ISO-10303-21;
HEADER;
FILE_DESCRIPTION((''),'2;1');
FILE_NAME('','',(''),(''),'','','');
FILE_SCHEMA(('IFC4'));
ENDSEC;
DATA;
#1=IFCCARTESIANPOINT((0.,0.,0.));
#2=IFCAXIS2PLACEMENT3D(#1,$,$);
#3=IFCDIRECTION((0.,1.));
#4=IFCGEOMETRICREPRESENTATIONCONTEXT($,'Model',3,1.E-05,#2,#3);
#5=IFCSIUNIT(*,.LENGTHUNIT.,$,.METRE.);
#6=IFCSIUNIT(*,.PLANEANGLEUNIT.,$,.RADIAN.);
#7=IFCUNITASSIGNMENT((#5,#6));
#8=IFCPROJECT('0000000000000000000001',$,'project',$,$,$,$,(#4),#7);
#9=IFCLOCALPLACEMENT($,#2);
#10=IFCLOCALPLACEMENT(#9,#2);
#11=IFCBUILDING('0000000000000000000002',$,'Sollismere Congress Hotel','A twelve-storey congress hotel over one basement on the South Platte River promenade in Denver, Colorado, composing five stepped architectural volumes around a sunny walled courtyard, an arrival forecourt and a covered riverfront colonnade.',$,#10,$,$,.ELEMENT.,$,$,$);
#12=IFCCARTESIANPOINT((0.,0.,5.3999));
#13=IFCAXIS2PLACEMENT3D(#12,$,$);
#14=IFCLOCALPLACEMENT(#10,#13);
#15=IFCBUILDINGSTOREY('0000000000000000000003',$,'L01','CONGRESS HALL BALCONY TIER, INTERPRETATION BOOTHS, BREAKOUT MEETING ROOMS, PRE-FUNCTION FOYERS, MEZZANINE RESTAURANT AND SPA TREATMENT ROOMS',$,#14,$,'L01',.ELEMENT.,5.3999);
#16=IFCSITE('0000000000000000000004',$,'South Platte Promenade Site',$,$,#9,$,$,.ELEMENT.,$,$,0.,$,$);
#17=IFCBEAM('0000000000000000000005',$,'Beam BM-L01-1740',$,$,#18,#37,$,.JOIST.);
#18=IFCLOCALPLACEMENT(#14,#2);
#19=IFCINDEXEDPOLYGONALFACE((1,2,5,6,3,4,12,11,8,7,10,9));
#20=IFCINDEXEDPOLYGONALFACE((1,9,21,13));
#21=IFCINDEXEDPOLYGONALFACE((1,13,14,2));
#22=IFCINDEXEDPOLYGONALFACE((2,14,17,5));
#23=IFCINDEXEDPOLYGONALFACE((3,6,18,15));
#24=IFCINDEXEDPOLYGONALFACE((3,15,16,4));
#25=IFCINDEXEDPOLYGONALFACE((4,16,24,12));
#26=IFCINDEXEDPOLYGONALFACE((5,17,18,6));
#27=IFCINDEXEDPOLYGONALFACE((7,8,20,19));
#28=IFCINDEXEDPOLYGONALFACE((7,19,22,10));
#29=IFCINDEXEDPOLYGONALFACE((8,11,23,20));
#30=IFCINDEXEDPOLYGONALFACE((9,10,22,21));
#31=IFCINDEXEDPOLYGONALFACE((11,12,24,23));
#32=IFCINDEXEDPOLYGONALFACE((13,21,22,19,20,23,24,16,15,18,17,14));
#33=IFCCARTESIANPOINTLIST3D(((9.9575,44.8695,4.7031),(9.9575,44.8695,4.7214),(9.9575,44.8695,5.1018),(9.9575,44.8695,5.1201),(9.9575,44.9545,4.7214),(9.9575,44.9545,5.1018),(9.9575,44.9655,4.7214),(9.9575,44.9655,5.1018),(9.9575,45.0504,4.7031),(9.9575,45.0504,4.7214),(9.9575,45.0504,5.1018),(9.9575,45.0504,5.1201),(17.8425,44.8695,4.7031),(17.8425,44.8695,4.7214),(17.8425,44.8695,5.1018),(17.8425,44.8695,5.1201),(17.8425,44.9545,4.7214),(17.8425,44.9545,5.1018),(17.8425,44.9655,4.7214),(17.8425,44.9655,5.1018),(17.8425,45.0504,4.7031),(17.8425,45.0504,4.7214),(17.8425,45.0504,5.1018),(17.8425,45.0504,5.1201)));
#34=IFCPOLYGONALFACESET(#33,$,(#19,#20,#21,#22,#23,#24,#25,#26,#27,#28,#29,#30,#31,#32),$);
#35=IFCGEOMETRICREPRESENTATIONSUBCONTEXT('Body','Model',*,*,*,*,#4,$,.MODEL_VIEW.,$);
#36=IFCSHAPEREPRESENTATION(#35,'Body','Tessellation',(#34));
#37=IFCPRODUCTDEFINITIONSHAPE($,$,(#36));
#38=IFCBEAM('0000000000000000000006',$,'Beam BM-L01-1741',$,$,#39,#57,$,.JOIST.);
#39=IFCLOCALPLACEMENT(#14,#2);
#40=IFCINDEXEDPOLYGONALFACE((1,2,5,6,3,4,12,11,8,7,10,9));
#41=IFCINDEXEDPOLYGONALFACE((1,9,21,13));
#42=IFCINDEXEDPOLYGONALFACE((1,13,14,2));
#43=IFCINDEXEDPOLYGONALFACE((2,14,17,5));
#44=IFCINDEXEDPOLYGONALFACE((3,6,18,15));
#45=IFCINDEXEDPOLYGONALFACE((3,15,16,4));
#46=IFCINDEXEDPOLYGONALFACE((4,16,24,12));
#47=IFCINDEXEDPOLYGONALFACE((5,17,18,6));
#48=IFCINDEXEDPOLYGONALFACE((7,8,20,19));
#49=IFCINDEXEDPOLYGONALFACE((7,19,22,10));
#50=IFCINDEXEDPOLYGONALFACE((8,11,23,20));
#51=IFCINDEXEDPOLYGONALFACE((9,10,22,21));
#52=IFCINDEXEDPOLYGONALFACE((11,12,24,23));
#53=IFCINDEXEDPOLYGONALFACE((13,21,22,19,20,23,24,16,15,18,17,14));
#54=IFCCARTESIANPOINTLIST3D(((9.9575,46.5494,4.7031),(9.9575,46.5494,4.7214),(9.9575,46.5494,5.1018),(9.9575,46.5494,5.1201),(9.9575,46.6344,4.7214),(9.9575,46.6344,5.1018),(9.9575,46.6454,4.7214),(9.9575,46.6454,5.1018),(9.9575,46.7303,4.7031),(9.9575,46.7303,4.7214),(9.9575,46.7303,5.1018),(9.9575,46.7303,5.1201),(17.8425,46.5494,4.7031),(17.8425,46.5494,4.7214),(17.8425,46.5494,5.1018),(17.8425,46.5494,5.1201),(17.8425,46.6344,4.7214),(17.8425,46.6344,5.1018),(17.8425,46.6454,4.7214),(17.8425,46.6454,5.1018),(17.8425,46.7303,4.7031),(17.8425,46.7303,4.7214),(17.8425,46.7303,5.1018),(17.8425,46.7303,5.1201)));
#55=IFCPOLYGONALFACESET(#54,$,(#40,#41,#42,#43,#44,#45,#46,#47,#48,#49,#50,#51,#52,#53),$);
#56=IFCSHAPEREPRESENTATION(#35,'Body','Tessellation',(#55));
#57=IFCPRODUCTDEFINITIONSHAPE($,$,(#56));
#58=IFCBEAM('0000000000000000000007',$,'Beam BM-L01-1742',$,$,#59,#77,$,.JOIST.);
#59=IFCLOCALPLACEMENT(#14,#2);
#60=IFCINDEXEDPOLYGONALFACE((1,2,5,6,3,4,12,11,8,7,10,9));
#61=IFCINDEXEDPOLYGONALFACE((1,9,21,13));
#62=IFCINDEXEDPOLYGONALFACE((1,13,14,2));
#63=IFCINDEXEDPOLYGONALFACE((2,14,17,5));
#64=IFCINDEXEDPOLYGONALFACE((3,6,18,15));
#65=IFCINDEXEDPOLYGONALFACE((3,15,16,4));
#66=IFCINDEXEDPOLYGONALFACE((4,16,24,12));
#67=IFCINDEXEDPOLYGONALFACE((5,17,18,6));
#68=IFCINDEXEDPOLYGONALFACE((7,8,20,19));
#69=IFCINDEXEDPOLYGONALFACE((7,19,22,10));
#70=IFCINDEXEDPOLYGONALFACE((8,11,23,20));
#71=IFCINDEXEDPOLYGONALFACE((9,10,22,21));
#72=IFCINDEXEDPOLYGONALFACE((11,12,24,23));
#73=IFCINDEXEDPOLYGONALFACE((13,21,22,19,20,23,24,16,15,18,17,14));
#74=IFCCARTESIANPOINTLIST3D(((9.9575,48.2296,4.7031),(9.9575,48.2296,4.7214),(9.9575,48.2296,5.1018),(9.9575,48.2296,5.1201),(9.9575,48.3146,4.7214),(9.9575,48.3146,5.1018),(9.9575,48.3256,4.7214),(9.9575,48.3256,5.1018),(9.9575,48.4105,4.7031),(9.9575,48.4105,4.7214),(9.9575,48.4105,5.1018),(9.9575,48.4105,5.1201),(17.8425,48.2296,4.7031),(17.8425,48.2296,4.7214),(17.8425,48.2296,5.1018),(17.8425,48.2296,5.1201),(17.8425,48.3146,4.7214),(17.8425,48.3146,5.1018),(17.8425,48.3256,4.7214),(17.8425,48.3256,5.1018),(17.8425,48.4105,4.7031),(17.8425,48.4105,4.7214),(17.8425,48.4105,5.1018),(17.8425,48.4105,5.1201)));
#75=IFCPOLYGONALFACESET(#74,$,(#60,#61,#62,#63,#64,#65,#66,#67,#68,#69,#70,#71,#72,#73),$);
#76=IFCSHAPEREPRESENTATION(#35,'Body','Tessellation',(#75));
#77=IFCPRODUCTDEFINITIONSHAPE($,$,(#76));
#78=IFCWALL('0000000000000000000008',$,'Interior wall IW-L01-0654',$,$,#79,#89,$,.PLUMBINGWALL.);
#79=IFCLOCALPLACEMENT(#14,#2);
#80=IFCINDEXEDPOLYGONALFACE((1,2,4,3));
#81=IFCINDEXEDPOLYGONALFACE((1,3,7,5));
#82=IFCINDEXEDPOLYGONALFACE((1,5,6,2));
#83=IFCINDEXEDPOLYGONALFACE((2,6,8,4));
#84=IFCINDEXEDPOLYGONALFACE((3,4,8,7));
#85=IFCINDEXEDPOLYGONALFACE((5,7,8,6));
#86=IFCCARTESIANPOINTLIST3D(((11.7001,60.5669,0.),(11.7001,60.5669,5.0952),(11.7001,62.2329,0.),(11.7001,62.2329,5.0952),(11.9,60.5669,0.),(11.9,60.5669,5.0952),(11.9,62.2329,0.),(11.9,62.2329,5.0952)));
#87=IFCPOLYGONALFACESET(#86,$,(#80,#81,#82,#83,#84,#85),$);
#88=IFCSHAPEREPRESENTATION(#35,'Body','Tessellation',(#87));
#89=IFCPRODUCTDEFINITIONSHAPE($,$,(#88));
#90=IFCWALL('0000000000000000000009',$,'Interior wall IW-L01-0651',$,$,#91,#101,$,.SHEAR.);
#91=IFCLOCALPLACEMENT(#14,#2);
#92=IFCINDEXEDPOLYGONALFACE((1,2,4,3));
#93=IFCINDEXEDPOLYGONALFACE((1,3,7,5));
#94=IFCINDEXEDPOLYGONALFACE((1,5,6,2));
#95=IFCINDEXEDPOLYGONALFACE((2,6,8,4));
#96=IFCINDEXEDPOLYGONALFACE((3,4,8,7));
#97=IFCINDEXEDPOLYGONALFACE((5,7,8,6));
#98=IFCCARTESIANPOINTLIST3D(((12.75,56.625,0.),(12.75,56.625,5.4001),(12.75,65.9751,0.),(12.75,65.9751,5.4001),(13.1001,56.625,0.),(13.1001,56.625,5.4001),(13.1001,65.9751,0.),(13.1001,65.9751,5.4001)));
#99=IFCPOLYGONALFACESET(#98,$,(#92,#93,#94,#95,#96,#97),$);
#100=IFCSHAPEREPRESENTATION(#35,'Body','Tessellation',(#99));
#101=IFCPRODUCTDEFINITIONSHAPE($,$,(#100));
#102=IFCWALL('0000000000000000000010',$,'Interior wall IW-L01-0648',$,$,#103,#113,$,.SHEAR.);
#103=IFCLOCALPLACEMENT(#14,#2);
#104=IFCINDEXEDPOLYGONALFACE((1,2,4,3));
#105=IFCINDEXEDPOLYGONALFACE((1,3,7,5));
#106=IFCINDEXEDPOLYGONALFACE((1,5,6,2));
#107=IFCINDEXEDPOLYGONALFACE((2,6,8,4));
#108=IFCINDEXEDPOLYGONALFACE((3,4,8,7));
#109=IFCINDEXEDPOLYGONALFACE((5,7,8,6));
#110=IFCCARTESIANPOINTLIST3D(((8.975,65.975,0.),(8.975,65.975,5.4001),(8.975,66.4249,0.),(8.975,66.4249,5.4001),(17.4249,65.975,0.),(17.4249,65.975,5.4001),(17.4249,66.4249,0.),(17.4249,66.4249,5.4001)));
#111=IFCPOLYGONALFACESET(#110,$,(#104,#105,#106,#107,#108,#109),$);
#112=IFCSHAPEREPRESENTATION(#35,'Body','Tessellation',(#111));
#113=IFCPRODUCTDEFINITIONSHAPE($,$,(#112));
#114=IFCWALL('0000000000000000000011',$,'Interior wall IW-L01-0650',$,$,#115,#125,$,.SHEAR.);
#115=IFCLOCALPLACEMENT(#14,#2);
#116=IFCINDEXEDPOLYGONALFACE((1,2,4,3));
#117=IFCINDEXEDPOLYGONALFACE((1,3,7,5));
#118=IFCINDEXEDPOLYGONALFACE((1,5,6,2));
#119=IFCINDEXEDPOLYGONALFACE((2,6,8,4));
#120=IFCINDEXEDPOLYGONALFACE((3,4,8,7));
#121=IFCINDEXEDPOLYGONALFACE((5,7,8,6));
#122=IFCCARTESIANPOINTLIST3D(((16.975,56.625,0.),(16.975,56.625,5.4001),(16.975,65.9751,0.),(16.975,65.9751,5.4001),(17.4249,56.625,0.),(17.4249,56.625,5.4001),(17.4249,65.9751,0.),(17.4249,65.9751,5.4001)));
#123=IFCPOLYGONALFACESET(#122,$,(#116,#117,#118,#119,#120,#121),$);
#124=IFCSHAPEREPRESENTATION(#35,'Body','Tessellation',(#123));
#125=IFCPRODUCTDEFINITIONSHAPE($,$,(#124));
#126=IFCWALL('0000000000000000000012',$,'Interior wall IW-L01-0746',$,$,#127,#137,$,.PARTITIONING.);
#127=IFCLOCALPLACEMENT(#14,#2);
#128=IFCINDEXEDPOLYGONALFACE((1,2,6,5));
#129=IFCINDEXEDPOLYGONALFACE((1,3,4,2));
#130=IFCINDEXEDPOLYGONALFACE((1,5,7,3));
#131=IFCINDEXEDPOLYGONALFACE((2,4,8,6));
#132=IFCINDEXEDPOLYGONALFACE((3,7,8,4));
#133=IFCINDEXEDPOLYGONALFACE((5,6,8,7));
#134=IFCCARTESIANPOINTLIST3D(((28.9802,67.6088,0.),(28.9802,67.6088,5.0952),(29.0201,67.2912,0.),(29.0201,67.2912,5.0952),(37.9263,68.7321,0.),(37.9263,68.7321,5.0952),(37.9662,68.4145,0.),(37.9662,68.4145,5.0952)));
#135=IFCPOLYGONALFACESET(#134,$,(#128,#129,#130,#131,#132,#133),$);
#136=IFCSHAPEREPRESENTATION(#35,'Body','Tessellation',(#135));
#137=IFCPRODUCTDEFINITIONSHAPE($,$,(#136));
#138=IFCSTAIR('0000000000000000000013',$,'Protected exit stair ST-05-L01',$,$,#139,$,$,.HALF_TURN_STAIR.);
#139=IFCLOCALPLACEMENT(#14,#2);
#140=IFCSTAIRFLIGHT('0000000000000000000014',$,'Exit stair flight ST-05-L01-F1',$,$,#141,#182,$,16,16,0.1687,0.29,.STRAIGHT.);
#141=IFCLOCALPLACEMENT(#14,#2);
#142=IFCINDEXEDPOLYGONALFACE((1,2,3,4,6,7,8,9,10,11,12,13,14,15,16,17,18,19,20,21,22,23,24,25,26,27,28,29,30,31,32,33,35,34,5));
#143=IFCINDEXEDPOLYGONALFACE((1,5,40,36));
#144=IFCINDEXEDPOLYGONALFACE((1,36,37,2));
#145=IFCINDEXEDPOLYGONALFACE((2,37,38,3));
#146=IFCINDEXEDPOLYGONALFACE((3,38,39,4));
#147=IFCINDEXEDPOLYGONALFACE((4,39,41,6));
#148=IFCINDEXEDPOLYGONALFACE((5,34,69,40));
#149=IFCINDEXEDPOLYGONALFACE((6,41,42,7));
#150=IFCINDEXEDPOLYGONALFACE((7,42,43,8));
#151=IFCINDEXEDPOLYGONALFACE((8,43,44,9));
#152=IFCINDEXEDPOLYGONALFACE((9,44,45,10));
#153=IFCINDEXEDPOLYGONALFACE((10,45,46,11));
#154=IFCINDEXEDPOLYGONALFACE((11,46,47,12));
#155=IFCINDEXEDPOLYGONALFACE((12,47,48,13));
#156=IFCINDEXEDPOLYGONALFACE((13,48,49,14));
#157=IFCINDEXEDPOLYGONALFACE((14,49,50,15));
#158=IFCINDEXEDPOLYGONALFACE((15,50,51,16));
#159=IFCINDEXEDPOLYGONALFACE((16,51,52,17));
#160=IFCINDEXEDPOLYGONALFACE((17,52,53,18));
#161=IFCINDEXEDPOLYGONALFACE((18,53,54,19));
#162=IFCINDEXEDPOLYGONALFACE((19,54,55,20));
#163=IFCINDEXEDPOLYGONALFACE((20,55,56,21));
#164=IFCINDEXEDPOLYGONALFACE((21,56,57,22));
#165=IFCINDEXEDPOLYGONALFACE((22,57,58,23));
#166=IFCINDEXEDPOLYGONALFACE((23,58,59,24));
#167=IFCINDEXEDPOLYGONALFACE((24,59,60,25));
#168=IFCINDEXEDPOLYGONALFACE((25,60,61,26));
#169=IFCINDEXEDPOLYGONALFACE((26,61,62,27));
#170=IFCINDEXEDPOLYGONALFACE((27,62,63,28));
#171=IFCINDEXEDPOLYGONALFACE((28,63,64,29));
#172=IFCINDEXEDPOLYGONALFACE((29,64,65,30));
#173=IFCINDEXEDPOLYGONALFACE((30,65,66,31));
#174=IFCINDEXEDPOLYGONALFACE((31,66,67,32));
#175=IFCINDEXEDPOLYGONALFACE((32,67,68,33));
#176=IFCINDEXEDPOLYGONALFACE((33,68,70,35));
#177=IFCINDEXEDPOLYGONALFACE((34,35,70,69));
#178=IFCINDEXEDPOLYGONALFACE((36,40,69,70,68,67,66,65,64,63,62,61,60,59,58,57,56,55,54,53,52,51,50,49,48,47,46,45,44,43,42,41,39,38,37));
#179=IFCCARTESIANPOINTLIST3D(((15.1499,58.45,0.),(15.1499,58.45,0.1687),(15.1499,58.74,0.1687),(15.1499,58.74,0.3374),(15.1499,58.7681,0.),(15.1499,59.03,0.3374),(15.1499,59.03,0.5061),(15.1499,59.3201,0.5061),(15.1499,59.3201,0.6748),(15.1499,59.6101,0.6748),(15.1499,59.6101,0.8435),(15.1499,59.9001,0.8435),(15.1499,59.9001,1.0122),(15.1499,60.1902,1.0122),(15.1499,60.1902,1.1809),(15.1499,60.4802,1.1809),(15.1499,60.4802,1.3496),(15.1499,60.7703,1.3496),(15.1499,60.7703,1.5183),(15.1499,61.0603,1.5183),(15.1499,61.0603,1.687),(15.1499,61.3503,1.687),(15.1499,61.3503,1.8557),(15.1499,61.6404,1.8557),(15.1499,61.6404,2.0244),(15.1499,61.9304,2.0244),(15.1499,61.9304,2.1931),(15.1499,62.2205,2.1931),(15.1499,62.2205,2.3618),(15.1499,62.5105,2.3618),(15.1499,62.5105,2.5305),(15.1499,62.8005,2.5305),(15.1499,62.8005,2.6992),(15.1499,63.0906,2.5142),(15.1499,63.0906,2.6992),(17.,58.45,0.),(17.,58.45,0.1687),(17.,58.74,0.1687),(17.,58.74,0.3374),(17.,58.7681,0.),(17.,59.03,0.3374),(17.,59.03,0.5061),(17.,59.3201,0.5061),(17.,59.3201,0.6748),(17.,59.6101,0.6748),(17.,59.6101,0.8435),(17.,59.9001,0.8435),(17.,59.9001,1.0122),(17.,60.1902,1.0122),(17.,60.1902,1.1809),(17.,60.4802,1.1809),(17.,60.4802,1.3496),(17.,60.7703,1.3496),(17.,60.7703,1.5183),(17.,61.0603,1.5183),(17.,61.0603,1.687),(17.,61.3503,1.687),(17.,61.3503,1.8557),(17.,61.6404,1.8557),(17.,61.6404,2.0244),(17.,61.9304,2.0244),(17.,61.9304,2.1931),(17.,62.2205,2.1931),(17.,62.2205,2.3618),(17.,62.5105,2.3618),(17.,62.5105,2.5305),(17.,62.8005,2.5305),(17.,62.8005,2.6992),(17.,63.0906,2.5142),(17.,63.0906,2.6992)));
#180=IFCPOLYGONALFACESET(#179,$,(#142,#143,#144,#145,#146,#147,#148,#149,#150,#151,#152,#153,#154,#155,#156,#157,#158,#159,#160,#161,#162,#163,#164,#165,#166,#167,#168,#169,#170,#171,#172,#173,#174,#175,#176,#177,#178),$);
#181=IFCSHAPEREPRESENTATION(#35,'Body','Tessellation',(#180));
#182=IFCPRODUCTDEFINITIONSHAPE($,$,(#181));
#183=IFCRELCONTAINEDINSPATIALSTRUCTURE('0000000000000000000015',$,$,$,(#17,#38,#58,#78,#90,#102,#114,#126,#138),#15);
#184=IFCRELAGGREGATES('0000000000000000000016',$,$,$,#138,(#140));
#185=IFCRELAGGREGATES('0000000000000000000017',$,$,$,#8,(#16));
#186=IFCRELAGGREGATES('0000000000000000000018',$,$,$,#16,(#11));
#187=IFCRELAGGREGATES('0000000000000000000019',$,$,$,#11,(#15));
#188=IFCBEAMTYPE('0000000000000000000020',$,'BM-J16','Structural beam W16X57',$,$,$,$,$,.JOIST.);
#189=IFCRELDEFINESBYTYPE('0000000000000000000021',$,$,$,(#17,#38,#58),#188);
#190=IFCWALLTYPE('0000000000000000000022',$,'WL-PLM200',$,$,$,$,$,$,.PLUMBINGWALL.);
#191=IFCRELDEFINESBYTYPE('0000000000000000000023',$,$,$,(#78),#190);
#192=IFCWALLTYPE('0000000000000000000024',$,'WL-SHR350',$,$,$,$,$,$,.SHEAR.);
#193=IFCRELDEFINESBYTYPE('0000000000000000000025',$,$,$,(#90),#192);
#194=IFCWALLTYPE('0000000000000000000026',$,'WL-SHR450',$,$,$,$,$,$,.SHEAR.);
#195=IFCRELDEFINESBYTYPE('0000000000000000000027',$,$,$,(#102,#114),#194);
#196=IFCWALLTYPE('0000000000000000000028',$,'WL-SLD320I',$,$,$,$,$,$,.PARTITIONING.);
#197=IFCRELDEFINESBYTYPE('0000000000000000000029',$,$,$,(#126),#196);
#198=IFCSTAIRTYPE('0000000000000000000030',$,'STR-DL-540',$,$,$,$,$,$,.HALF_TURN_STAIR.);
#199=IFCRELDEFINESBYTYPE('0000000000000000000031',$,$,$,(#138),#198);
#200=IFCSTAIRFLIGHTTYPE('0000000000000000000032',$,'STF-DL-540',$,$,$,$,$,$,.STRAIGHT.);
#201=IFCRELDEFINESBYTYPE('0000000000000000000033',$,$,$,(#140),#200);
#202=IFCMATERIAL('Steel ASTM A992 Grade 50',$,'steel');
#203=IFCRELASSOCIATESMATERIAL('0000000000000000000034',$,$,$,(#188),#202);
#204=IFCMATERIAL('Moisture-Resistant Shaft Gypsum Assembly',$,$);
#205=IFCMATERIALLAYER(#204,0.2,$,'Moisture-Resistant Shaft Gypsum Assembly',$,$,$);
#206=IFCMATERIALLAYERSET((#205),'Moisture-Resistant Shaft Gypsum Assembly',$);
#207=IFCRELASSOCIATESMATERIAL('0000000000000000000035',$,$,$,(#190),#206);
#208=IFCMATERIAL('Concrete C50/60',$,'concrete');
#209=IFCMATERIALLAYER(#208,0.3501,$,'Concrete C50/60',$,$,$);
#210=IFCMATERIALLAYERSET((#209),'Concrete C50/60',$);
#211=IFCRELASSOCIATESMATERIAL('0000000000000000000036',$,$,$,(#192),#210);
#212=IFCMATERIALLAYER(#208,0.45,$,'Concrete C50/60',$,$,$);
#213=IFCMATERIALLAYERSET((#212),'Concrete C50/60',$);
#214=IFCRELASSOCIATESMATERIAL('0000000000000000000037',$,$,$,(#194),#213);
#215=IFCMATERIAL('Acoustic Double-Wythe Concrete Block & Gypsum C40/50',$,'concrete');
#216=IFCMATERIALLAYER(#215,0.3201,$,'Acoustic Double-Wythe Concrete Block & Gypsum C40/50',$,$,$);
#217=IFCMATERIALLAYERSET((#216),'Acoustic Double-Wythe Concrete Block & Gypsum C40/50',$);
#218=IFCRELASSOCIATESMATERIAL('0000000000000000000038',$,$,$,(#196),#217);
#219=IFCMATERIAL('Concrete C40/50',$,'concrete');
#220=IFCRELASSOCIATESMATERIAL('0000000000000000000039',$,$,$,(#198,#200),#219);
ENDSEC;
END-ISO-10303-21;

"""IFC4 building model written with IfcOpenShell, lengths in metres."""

from ifc_helpers import new_model, si_unit, direction, frame, frame_2d, origin, origin_2d, place, context, subcontext, project, spatial, polyline, rectangle, i_section, outline, extrude, material, layer, layer_set, material_profile, profile_set, type_object, element, aggregate, save


model = new_model("IFC4")

# Units and contexts
model_context = context("Model", 3, precision=1e-05, world=origin(), true_north=direction((0.0, 1.0)))
body_context = subcontext(model_context, "Body", "Model", "MODEL_VIEW")
ifc_project = project(units=[si_unit("LENGTHUNIT", "METRE"), si_unit("PLANEANGLEUNIT", "RADIAN")], contexts=[model_context])

# Site, building, storey
site_placement = place(None, origin())
site = spatial("IfcSite", under=ifc_project, at=site_placement, Name="South Platte Promenade Site", CompositionType="ELEMENT", RefElevation=0.0)
building_placement = place(site_placement, origin())
building = spatial("IfcBuilding", under=site, at=building_placement, Name="Sollismere Congress Hotel", Description="A twelve-storey congress hotel over one basement on the South Platte River promenade in Denver, Colorado, composing five stepped architectural volumes around a sunny walled courtyard, an arrival forecourt and a covered riverfront colonnade.", CompositionType="ELEMENT")
storey_placement = place(building_placement, frame((0.0, 0.0, 5.3999)))
storey = spatial("IfcBuildingStorey", under=building, at=storey_placement, Name="L01", Description="CONGRESS HALL BALCONY TIER, INTERPRETATION BOOTHS, BREAKOUT MEETING ROOMS, PRE-FUNCTION FOYERS, MEZZANINE RESTAURANT AND SPA TREATMENT ROOMS", LongName="L01", CompositionType="ELEMENT", Elevation=5.3999)

# Shared definitions
ifc_material_1 = material(Name="Steel ASTM A992 Grade 50", Category="steel")

# Beams
ifc_material_profile_1 = material_profile(ifc_material_1, i_section(OverallWidth=0.1809, OverallDepth=0.417, WebThickness=0.011, FlangeThickness=0.0183, at=origin_2d()), Name="W16X57")
ifc_profile_set_1 = profile_set([ifc_material_profile_1], Name="Steel ASTM A992 Grade 50")
beam_type_1 = type_object("IfcBeamType", Name="BM-J16", Description="Structural beam W16X57", PredefinedType="JOIST", material=ifc_profile_set_1)
for number, where, z_axis, x_axis, name in (
    (1, (9.9575, 44.96, 4.9116), (1.0, 0.0, 0.0), (0.0, 1.0, 0.0), "Beam BM-L01-1740"),
    (2, (9.9575, 46.6399, 4.9116), (1.0, 0.0, 0.0), (0.0, 1.0, 0.0), "Beam BM-L01-1741"),
    (3, (9.9575, 48.3201, 4.9116), (1.0, 0.0, 0.0), (0.0, 1.0, 0.0), "Beam BM-L01-1742"),
):
    element("IfcBeam", number, at=place(storey_placement, frame(where, z_axis=z_axis, x_axis=x_axis)), inside=storey, type_object=beam_type_1, Name=name, PredefinedType="JOIST", context=body_context, shape_type="SweptSolid", body=[
        extrude(i_section(OverallWidth=0.1809, OverallDepth=0.417, WebThickness=0.011, FlangeThickness=0.0183, at=origin_2d()), origin(), (0.0, 0.0, 1.0), 7.885),
    ])

# Walls
ifc_material_2 = material(Name="Moisture-Resistant Shaft Gypsum Assembly")
ifc_layer_1 = layer(ifc_material_2, 0.2, Name="Moisture-Resistant Shaft Gypsum Assembly")
ifc_layer_set_1 = layer_set([ifc_layer_1], Name="Moisture-Resistant Shaft Gypsum Assembly")
wall_type_1 = type_object("IfcWallType", Name="WL-PLM200", PredefinedType="PLUMBINGWALL", material=ifc_layer_set_1)
wall_1_placement = place(storey_placement, frame((11.8, 60.5669, 0.0), z_axis=(0.0, 0.0, 1.0), x_axis=(0.0, 1.0, 0.0)))
element("IfcWall", 4, at=wall_1_placement, inside=storey, type_object=wall_type_1, Name="Interior wall IW-L01-0654", PredefinedType="PLUMBINGWALL", context=body_context, shape_type="SweptSolid", body=[
    extrude(rectangle(XDim=1.666, YDim=0.2, at=frame_2d((0.833, 0.0))), origin(), (0.0, 0.0, 1.0), 5.0952),
])
ifc_material_3 = material(Name="Concrete C50/60", Category="concrete")
ifc_layer_2 = layer(ifc_material_3, 0.3501, Name="Concrete C50/60")
ifc_layer_set_2 = layer_set([ifc_layer_2], Name="Concrete C50/60")
wall_type_2 = type_object("IfcWallType", Name="WL-SHR350", PredefinedType="SHEAR", material=ifc_layer_set_2)
wall_2_placement = place(storey_placement, frame((12.925, 56.625, 0.0), z_axis=(0.0, 0.0, 1.0), x_axis=(0.0, 1.0, 0.0)))
element("IfcWall", 5, at=wall_2_placement, inside=storey, type_object=wall_type_2, Name="Interior wall IW-L01-0651", PredefinedType="SHEAR", context=body_context, shape_type="SweptSolid", body=[
    extrude(rectangle(XDim=9.3501, YDim=0.3501, at=frame_2d((4.675, 0.0))), origin(), (0.0, 0.0, 1.0), 5.4001),
])
ifc_layer_3 = layer(ifc_material_3, 0.45, Name="Concrete C50/60")
ifc_layer_set_3 = layer_set([ifc_layer_3], Name="Concrete C50/60")
wall_type_3 = type_object("IfcWallType", Name="WL-SHR450", PredefinedType="SHEAR", material=ifc_layer_set_3)
wall_3_placement = place(storey_placement, frame((17.425, 66.2, 0.0), z_axis=(0.0, 0.0, 1.0), x_axis=(-1.0, 0.0, 0.0)))
element("IfcWall", 6, at=wall_3_placement, inside=storey, type_object=wall_type_3, Name="Interior wall IW-L01-0648", PredefinedType="SHEAR", context=body_context, shape_type="SweptSolid", body=[
    extrude(rectangle(XDim=8.45, YDim=0.45, at=frame_2d((4.2251, 0.0))), origin(), (0.0, 0.0, 1.0), 5.4001),
])
wall_4_placement = place(storey_placement, frame((17.2, 56.625, 0.0), z_axis=(0.0, 0.0, 1.0), x_axis=(0.0, 1.0, 0.0)))
element("IfcWall", 7, at=wall_4_placement, inside=storey, type_object=wall_type_3, Name="Interior wall IW-L01-0650", PredefinedType="SHEAR", context=body_context, shape_type="SweptSolid", body=[
    extrude(rectangle(XDim=9.3501, YDim=0.45, at=frame_2d((4.675, 0.0))), origin(), (0.0, 0.0, 1.0), 5.4001),
])
ifc_material_4 = material(Name="Acoustic Double-Wythe Concrete Block & Gypsum C40/50", Category="concrete")
ifc_layer_4 = layer(ifc_material_4, 0.3201, Name="Acoustic Double-Wythe Concrete Block & Gypsum C40/50")
ifc_layer_set_4 = layer_set([ifc_layer_4], Name="Acoustic Double-Wythe Concrete Block & Gypsum C40/50")
wall_type_4 = type_object("IfcWallType", Name="WL-SLD320I", PredefinedType="PARTITIONING", material=ifc_layer_set_4)
wall_5_placement = place(storey_placement, frame((29.0, 67.45, 0.0), z_axis=(0.0, 0.0, 1.0), x_axis=(0.992209, 0.124585, 0.0)))
element("IfcWall", 8, at=wall_5_placement, inside=storey, type_object=wall_type_4, Name="Interior wall IW-L01-0746", PredefinedType="PARTITIONING", context=body_context, shape_type="SweptSolid", body=[
    extrude(rectangle(XDim=9.0164, YDim=0.3201, at=frame_2d((4.5083, 0.0))), origin(), (0.0, 0.0, 1.0), 5.0952),
])

# Stair, stair flight
ifc_material_5 = material(Name="Concrete C40/50", Category="concrete")
stair_type = type_object("IfcStairType", Name="STR-DL-540", PredefinedType="HALF_TURN_STAIR", material=ifc_material_5)
stair_placement = place(storey_placement, origin())
stair = element("IfcStair", 9, at=stair_placement, inside=storey, type_object=stair_type, Name="Protected exit stair ST-05-L01", PredefinedType="HALF_TURN_STAIR")
stair_flight_type = type_object("IfcStairFlightType", Name="STF-DL-540", PredefinedType="STRAIGHT", material=ifc_material_5)
stair_flight_1_placement = place(storey_placement, frame((16.075, 58.45, 0.0), z_axis=(0.0, 0.0, 1.0), x_axis=(0.0, 1.0, 0.0)))
stair_flight_1 = element("IfcStairFlight", 10, at=stair_flight_1_placement, type_object=stair_flight_type, Name="Exit stair flight ST-05-L01-F1", NumberOfRisers=16, NumberOfTreads=16, PredefinedType="STRAIGHT", RiserHeight=0.1687, TreadLength=0.29, context=body_context, shape_type="SweptSolid", body=[
    extrude(outline(polyline([(0.0, 0.0), (0.0, 0.1687), (0.29, 0.1687), (0.29, 0.3374), (0.5801, 0.3374), (0.5801, 0.5061), (0.8701, 0.5061), (0.8701, 0.6748), (1.1602, 0.6748), (1.1602, 0.8435), (1.4502, 0.8435), (1.4502, 1.0122), (1.7402, 1.0122), (1.7402, 1.1809), (2.0303, 1.1809), (2.0303, 1.3496), (2.3203, 1.3496), (2.3203, 1.5183), (2.6104, 1.5183), (2.6104, 1.687), (2.9004, 1.687), (2.9004, 1.8557), (3.1904, 1.8557), (3.1904, 2.0244), (3.4805, 2.0244), (3.4805, 2.1931), (3.7705, 2.1931), (3.7705, 2.3618), (4.0605, 2.3618), (4.0605, 2.5305), (4.3506, 2.5305), (4.3506, 2.6992), (4.6406, 2.6992), (4.6406, 2.5142), (0.3181, 0.0), (0.0, 0.0)])), frame((0.0, 0.925, 0.0), z_axis=(0.0, -1.0, 0.0), x_axis=(1.0, 0.0, 0.0)), (0.0, 0.0, 1.0), 1.8501),
])
aggregate(stair, [stair_flight_1])

save(model, "model.ifc")
